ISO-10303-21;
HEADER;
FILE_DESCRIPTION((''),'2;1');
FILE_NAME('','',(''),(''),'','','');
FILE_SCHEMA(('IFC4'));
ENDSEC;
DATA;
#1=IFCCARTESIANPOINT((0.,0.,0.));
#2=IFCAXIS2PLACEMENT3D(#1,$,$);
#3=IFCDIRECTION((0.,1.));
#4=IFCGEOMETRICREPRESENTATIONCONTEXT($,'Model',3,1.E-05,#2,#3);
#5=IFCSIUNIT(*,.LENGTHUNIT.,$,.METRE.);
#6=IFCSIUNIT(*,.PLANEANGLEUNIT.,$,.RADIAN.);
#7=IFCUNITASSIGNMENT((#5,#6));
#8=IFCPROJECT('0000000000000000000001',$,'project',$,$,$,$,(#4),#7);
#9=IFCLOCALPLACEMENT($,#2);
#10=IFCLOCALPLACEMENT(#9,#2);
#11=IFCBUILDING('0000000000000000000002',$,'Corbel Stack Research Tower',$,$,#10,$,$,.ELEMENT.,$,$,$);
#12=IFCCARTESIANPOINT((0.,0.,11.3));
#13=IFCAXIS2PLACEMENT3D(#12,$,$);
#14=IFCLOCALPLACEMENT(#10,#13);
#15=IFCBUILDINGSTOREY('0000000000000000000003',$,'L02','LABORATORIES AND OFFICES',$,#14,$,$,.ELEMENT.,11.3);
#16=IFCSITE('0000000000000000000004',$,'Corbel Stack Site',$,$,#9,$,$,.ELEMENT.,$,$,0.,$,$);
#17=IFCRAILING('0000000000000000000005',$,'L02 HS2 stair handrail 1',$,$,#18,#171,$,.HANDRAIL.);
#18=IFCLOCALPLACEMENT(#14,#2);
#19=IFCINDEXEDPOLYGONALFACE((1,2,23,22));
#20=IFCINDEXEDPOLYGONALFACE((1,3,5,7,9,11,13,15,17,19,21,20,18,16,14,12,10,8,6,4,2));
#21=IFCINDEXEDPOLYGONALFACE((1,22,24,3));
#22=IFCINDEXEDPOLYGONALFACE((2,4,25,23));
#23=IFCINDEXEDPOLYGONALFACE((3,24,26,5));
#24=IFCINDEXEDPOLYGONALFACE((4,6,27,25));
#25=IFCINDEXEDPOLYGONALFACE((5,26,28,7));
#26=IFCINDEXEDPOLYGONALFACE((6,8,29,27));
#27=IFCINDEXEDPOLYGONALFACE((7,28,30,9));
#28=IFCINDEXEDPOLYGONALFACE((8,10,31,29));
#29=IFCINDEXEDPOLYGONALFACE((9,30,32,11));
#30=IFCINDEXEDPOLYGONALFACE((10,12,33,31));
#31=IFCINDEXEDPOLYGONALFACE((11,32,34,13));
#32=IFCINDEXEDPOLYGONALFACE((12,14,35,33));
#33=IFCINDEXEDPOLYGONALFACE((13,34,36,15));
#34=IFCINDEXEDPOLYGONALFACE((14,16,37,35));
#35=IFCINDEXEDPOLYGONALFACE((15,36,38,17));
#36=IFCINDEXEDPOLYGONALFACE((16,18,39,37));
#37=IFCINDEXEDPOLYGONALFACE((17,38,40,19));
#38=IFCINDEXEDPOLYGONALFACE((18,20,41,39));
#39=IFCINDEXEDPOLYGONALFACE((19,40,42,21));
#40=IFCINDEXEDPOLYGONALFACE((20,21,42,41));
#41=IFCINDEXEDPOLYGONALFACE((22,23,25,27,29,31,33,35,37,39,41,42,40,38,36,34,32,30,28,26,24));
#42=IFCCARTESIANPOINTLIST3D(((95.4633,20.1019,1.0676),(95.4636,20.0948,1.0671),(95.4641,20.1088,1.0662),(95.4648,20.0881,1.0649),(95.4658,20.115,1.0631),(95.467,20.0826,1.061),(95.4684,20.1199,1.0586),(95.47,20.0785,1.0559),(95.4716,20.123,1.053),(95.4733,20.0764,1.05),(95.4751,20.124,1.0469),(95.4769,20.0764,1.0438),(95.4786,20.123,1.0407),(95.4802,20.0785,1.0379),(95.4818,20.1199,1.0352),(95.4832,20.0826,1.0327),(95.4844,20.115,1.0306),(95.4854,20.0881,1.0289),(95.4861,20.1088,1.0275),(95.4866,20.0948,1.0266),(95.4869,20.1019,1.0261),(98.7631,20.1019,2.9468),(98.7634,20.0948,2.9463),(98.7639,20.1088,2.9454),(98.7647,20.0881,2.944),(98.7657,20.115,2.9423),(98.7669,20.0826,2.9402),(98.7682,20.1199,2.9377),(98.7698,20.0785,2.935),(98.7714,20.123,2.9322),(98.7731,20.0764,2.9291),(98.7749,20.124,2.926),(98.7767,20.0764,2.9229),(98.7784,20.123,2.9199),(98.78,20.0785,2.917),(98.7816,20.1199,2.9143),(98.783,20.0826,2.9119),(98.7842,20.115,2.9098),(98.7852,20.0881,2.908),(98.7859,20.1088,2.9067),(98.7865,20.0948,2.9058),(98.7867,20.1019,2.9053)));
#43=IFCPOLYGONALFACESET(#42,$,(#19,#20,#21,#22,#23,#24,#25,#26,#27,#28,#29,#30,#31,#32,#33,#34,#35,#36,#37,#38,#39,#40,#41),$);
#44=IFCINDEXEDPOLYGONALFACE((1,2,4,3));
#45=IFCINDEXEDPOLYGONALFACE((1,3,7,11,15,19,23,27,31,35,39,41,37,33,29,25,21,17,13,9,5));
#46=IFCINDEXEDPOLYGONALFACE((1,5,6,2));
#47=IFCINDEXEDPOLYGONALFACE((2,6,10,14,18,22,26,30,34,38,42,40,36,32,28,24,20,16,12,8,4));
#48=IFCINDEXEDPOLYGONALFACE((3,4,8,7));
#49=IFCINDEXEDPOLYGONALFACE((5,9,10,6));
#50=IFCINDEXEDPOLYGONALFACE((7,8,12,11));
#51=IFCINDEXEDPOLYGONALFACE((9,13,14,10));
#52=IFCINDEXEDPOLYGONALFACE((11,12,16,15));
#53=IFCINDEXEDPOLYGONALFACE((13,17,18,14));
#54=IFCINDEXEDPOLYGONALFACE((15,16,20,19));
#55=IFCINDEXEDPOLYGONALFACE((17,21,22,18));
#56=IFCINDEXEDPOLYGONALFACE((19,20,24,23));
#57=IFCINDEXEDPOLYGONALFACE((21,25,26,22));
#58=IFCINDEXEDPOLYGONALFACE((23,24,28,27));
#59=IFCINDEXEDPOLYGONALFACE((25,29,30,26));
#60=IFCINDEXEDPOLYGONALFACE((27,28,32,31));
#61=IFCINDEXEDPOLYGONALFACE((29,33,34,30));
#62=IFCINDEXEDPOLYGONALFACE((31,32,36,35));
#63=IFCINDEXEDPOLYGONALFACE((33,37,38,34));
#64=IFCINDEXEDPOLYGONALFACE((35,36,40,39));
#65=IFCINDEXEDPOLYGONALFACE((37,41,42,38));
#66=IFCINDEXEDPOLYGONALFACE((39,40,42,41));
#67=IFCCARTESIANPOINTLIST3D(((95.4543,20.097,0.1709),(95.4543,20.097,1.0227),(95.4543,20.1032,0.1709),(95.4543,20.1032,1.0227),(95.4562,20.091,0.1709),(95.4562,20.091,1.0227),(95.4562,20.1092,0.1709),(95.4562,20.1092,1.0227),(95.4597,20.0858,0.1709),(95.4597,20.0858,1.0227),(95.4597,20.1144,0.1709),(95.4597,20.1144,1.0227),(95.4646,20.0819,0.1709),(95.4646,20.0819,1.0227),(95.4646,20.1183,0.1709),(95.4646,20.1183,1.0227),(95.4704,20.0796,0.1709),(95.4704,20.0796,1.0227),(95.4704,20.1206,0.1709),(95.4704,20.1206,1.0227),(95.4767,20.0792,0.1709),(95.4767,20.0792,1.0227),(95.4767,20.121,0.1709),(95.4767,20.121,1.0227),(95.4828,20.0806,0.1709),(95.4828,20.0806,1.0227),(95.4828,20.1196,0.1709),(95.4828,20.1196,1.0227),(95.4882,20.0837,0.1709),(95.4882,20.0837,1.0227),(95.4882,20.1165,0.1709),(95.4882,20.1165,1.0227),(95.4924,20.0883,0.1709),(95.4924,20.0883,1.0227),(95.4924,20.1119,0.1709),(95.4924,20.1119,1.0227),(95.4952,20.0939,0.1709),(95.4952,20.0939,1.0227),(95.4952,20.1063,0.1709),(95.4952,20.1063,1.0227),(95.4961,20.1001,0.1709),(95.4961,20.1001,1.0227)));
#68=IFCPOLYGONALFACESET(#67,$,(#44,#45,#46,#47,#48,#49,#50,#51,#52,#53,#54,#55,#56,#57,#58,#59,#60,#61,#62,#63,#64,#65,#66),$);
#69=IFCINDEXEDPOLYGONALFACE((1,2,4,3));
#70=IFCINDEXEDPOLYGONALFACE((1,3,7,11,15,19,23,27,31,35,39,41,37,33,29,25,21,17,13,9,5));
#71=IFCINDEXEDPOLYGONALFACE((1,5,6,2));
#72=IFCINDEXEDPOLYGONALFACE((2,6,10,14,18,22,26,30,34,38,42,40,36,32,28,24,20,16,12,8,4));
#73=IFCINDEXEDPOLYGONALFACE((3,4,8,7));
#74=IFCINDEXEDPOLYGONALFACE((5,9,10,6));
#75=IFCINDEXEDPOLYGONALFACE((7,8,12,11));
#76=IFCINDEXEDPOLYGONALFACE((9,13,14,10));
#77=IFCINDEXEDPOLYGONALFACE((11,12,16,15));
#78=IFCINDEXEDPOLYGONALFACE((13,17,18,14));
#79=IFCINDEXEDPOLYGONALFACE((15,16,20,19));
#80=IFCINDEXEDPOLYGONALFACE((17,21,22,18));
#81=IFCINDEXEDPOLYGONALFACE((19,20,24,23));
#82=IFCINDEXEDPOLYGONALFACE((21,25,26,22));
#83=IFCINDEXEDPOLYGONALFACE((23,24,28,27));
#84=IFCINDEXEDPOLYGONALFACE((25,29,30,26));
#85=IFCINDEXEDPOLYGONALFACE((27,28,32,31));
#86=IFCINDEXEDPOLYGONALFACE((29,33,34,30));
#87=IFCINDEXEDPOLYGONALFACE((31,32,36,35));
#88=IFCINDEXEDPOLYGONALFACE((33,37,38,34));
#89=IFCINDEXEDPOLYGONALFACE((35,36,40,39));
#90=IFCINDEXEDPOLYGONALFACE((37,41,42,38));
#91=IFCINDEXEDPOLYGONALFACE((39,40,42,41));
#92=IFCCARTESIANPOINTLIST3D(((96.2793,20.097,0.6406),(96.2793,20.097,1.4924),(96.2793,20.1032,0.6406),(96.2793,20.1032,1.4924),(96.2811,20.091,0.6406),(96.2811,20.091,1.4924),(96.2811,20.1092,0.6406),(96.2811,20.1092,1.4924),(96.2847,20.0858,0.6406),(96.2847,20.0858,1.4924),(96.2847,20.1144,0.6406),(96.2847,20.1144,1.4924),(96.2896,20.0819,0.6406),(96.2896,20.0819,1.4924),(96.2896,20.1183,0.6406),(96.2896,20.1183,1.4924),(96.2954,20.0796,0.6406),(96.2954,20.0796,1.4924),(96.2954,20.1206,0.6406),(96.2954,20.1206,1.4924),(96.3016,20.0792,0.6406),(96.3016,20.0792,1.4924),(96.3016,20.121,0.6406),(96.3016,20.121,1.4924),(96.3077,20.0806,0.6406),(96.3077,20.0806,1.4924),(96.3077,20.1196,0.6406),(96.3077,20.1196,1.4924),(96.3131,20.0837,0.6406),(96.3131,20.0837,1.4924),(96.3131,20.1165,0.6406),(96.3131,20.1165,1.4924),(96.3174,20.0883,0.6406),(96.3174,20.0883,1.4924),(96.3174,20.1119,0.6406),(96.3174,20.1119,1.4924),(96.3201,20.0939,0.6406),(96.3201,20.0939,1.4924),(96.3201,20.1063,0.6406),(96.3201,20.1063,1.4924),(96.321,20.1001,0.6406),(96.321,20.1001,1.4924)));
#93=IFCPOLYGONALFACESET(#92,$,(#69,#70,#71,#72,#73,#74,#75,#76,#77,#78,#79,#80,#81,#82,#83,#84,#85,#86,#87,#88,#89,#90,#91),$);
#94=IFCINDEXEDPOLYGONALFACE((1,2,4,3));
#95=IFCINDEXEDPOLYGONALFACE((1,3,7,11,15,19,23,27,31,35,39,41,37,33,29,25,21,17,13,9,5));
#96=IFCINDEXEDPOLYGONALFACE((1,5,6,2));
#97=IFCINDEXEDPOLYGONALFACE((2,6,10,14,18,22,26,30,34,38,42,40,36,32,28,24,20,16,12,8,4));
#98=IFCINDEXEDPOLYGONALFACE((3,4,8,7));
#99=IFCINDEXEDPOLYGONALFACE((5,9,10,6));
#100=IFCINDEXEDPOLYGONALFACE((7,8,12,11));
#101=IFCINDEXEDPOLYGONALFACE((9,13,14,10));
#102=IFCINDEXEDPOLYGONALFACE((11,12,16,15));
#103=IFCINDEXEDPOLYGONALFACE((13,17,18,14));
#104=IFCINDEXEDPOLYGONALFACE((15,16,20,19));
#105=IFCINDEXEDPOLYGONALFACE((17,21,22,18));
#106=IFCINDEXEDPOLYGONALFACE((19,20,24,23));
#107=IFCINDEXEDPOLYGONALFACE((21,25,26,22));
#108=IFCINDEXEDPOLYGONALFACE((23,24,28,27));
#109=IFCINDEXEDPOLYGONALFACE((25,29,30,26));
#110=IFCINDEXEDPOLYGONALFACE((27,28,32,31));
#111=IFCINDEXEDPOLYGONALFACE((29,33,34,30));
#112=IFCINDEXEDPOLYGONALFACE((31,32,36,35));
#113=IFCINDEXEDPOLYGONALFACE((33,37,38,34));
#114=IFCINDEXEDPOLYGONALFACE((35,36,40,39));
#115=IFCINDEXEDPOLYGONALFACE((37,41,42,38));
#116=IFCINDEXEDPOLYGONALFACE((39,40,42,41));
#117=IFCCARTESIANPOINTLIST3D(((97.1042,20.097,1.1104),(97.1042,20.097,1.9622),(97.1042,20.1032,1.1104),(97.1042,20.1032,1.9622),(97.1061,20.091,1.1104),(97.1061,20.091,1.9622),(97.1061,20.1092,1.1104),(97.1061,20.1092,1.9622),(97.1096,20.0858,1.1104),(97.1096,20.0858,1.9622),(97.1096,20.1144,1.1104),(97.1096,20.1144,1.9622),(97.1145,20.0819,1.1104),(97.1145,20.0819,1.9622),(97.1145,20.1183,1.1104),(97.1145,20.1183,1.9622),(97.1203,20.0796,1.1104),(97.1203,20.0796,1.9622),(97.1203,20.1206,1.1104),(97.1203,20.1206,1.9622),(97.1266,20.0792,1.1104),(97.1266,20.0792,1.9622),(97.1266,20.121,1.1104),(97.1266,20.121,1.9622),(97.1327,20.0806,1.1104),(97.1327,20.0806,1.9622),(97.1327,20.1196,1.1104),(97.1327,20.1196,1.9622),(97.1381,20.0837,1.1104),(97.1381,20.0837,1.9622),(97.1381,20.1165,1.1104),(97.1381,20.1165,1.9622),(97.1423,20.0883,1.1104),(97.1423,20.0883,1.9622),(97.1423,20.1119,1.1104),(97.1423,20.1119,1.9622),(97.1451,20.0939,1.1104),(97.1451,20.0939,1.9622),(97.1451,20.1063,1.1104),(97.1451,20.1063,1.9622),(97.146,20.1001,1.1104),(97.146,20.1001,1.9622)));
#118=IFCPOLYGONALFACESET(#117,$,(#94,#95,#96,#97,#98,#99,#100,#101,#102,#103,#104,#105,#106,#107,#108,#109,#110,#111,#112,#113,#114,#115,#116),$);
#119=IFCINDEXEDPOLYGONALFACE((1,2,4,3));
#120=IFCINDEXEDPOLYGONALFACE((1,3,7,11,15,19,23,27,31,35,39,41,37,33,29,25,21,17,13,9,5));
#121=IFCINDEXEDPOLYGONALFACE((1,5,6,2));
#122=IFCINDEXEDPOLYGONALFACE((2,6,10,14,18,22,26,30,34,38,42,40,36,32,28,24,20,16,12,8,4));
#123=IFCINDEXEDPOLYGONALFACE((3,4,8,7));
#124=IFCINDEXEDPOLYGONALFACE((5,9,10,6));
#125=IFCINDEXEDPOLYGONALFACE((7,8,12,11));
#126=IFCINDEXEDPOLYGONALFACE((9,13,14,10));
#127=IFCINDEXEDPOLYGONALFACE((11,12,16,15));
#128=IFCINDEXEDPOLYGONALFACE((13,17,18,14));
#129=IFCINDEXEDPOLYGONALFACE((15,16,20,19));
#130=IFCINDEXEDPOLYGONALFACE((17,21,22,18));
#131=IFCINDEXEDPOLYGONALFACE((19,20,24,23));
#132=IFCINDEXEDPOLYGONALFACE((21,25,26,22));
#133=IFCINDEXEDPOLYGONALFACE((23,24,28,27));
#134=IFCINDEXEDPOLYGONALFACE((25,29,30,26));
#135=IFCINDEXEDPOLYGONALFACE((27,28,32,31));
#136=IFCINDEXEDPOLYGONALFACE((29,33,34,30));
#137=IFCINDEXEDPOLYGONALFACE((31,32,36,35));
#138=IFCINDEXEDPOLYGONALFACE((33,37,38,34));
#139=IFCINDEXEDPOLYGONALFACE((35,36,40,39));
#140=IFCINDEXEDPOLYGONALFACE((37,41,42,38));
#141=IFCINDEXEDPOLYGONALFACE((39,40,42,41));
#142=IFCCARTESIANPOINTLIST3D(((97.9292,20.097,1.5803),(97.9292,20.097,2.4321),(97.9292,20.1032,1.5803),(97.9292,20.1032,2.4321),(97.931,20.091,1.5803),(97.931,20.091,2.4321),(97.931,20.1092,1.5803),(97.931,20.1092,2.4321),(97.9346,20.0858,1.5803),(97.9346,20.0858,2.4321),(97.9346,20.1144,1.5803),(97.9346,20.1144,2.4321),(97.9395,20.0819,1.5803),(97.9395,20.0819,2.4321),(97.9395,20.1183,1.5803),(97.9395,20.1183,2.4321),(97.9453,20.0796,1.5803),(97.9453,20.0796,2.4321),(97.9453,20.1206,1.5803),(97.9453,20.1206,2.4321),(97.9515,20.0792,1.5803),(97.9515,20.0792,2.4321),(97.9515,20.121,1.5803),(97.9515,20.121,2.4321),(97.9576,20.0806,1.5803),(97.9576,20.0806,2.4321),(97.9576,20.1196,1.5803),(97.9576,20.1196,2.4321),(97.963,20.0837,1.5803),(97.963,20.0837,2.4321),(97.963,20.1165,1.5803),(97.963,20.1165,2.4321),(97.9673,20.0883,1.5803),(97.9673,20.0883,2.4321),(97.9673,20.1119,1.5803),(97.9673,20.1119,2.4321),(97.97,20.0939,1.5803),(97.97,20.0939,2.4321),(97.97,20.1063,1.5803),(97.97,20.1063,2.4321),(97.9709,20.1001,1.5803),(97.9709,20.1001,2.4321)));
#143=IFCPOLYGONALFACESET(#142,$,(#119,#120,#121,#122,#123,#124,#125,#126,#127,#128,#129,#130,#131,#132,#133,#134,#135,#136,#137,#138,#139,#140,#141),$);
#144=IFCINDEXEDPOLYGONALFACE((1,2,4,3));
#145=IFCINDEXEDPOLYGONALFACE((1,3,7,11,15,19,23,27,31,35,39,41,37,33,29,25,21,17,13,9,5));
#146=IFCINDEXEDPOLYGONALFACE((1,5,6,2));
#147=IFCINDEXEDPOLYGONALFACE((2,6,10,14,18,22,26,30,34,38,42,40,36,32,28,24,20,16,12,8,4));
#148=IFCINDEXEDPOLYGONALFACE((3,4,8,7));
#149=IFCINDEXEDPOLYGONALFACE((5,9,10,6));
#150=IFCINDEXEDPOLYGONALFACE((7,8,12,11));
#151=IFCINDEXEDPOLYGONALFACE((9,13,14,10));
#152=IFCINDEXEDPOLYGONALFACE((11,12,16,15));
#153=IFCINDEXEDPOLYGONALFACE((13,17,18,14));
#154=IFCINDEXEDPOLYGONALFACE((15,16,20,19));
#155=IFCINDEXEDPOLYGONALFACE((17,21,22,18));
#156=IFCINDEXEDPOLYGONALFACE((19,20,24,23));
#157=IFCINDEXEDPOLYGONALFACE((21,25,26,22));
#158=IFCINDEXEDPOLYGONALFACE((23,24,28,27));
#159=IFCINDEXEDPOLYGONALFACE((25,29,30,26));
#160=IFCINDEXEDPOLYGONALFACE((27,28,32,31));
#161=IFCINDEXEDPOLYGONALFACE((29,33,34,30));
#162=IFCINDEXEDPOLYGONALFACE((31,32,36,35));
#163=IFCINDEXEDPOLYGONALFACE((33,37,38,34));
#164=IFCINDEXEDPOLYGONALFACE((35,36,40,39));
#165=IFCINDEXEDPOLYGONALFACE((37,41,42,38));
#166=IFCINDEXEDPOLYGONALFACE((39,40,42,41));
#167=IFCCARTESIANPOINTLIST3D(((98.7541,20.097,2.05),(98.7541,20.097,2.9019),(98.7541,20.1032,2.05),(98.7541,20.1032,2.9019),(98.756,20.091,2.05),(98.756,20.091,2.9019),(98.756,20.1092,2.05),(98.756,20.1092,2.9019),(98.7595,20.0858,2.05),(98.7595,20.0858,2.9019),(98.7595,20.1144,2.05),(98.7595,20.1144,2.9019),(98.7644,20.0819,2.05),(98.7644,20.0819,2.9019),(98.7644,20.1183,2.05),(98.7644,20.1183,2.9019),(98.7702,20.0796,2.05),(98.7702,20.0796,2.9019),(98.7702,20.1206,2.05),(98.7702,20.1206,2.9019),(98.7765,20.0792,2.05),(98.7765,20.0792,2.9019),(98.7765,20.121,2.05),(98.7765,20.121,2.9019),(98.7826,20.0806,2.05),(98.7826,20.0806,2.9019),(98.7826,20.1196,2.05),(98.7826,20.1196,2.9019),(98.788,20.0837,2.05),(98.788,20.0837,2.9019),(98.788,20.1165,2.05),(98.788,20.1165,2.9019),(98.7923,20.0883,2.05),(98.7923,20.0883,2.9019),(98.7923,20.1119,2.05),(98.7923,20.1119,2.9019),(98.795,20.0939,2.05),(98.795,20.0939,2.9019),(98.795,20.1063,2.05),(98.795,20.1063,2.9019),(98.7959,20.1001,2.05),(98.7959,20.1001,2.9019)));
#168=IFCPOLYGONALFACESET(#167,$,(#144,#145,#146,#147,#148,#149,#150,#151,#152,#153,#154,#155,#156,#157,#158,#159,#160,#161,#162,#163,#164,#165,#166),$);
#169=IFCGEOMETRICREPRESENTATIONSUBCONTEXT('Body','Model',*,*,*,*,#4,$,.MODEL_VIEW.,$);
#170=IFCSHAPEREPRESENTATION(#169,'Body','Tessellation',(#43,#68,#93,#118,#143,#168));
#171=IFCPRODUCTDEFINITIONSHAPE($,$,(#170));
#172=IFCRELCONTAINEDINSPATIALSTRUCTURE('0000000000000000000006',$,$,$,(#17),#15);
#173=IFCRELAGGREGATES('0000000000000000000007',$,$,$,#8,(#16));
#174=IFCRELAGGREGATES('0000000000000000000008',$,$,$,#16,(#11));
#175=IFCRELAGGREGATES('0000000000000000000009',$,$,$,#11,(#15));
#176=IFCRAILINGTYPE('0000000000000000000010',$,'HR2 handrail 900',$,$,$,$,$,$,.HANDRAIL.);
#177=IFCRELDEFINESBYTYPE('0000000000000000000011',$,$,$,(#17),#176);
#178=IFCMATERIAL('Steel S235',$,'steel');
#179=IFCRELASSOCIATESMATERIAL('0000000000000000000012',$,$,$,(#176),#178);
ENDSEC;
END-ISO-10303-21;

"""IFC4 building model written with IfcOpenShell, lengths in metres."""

from ifc_helpers import new_model, si_unit, direction, frame, origin, origin_2d, place, context, subcontext, project, spatial, circle, extrude, material, type_object, element, save


model = new_model("IFC4")

# Units and contexts
model_context = context("Model", 3, precision=1e-05, world=origin(), true_north=direction((0.0, 1.0)))
body_context = subcontext(model_context, "Body", "Model", "MODEL_VIEW")
ifc_project = project(units=[si_unit("LENGTHUNIT", "METRE"), si_unit("PLANEANGLEUNIT", "RADIAN")], contexts=[model_context])

# Site, building, storey
site_placement = place(None, origin())
site = spatial("IfcSite", under=ifc_project, at=site_placement, Name="Corbel Stack Site", CompositionType="ELEMENT", RefElevation=0.0)
building_placement = place(site_placement, origin())
building = spatial("IfcBuilding", under=site, at=building_placement, Name="Corbel Stack Research Tower", CompositionType="ELEMENT")
storey_placement = place(building_placement, frame((0.0, 0.0, 11.3)))
storey = spatial("IfcBuildingStorey", under=building, at=storey_placement, Name="L02", Description="LABORATORIES AND OFFICES", CompositionType="ELEMENT", Elevation=11.3)

# Railing
ifc_material_1 = material(Name="Steel S235", Category="steel")
railing_type_1 = type_object("IfcRailingType", Name="HR2 handrail 900", PredefinedType="HANDRAIL", material=ifc_material_1)
railing_1_placement = place(storey_placement, frame((95.4751, 20.1001, 0.1709)))
element("IfcRailing", 1, at=railing_1_placement, inside=storey, type_object=railing_type_1, Name="L02 HS2 stair handrail 1", PredefinedType="HANDRAIL", context=body_context, shape_type="SweptSolid", body=[
    extrude(circle(Radius=0.0239, at=origin_2d()), frame((0.0, 0.0, 0.876), z_axis=(0.868974, 0.0, 0.494857), x_axis=(0.0, 1.0, 0.0)), (0.0, 0.0, 1.0), 3.7974),
    extrude(circle(Radius=0.021, at=origin_2d()), origin(), (0.0, 0.0, 1.0), 0.8518),
    extrude(circle(Radius=0.021, at=origin_2d()), frame((0.825, 0.0, 0.4697)), (0.0, 0.0, 1.0), 0.8518),
    extrude(circle(Radius=0.021, at=origin_2d()), frame((1.6499, 0.0, 0.9395)), (0.0, 0.0, 1.0), 0.8518),
    extrude(circle(Radius=0.021, at=origin_2d()), frame((2.4749, 0.0, 1.4094)), (0.0, 0.0, 1.0), 0.8518),
    extrude(circle(Radius=0.021, at=origin_2d()), frame((3.2998, 0.0, 1.8792)), (0.0, 0.0, 1.0), 0.8518),
])

save(model, "model.ifc")
